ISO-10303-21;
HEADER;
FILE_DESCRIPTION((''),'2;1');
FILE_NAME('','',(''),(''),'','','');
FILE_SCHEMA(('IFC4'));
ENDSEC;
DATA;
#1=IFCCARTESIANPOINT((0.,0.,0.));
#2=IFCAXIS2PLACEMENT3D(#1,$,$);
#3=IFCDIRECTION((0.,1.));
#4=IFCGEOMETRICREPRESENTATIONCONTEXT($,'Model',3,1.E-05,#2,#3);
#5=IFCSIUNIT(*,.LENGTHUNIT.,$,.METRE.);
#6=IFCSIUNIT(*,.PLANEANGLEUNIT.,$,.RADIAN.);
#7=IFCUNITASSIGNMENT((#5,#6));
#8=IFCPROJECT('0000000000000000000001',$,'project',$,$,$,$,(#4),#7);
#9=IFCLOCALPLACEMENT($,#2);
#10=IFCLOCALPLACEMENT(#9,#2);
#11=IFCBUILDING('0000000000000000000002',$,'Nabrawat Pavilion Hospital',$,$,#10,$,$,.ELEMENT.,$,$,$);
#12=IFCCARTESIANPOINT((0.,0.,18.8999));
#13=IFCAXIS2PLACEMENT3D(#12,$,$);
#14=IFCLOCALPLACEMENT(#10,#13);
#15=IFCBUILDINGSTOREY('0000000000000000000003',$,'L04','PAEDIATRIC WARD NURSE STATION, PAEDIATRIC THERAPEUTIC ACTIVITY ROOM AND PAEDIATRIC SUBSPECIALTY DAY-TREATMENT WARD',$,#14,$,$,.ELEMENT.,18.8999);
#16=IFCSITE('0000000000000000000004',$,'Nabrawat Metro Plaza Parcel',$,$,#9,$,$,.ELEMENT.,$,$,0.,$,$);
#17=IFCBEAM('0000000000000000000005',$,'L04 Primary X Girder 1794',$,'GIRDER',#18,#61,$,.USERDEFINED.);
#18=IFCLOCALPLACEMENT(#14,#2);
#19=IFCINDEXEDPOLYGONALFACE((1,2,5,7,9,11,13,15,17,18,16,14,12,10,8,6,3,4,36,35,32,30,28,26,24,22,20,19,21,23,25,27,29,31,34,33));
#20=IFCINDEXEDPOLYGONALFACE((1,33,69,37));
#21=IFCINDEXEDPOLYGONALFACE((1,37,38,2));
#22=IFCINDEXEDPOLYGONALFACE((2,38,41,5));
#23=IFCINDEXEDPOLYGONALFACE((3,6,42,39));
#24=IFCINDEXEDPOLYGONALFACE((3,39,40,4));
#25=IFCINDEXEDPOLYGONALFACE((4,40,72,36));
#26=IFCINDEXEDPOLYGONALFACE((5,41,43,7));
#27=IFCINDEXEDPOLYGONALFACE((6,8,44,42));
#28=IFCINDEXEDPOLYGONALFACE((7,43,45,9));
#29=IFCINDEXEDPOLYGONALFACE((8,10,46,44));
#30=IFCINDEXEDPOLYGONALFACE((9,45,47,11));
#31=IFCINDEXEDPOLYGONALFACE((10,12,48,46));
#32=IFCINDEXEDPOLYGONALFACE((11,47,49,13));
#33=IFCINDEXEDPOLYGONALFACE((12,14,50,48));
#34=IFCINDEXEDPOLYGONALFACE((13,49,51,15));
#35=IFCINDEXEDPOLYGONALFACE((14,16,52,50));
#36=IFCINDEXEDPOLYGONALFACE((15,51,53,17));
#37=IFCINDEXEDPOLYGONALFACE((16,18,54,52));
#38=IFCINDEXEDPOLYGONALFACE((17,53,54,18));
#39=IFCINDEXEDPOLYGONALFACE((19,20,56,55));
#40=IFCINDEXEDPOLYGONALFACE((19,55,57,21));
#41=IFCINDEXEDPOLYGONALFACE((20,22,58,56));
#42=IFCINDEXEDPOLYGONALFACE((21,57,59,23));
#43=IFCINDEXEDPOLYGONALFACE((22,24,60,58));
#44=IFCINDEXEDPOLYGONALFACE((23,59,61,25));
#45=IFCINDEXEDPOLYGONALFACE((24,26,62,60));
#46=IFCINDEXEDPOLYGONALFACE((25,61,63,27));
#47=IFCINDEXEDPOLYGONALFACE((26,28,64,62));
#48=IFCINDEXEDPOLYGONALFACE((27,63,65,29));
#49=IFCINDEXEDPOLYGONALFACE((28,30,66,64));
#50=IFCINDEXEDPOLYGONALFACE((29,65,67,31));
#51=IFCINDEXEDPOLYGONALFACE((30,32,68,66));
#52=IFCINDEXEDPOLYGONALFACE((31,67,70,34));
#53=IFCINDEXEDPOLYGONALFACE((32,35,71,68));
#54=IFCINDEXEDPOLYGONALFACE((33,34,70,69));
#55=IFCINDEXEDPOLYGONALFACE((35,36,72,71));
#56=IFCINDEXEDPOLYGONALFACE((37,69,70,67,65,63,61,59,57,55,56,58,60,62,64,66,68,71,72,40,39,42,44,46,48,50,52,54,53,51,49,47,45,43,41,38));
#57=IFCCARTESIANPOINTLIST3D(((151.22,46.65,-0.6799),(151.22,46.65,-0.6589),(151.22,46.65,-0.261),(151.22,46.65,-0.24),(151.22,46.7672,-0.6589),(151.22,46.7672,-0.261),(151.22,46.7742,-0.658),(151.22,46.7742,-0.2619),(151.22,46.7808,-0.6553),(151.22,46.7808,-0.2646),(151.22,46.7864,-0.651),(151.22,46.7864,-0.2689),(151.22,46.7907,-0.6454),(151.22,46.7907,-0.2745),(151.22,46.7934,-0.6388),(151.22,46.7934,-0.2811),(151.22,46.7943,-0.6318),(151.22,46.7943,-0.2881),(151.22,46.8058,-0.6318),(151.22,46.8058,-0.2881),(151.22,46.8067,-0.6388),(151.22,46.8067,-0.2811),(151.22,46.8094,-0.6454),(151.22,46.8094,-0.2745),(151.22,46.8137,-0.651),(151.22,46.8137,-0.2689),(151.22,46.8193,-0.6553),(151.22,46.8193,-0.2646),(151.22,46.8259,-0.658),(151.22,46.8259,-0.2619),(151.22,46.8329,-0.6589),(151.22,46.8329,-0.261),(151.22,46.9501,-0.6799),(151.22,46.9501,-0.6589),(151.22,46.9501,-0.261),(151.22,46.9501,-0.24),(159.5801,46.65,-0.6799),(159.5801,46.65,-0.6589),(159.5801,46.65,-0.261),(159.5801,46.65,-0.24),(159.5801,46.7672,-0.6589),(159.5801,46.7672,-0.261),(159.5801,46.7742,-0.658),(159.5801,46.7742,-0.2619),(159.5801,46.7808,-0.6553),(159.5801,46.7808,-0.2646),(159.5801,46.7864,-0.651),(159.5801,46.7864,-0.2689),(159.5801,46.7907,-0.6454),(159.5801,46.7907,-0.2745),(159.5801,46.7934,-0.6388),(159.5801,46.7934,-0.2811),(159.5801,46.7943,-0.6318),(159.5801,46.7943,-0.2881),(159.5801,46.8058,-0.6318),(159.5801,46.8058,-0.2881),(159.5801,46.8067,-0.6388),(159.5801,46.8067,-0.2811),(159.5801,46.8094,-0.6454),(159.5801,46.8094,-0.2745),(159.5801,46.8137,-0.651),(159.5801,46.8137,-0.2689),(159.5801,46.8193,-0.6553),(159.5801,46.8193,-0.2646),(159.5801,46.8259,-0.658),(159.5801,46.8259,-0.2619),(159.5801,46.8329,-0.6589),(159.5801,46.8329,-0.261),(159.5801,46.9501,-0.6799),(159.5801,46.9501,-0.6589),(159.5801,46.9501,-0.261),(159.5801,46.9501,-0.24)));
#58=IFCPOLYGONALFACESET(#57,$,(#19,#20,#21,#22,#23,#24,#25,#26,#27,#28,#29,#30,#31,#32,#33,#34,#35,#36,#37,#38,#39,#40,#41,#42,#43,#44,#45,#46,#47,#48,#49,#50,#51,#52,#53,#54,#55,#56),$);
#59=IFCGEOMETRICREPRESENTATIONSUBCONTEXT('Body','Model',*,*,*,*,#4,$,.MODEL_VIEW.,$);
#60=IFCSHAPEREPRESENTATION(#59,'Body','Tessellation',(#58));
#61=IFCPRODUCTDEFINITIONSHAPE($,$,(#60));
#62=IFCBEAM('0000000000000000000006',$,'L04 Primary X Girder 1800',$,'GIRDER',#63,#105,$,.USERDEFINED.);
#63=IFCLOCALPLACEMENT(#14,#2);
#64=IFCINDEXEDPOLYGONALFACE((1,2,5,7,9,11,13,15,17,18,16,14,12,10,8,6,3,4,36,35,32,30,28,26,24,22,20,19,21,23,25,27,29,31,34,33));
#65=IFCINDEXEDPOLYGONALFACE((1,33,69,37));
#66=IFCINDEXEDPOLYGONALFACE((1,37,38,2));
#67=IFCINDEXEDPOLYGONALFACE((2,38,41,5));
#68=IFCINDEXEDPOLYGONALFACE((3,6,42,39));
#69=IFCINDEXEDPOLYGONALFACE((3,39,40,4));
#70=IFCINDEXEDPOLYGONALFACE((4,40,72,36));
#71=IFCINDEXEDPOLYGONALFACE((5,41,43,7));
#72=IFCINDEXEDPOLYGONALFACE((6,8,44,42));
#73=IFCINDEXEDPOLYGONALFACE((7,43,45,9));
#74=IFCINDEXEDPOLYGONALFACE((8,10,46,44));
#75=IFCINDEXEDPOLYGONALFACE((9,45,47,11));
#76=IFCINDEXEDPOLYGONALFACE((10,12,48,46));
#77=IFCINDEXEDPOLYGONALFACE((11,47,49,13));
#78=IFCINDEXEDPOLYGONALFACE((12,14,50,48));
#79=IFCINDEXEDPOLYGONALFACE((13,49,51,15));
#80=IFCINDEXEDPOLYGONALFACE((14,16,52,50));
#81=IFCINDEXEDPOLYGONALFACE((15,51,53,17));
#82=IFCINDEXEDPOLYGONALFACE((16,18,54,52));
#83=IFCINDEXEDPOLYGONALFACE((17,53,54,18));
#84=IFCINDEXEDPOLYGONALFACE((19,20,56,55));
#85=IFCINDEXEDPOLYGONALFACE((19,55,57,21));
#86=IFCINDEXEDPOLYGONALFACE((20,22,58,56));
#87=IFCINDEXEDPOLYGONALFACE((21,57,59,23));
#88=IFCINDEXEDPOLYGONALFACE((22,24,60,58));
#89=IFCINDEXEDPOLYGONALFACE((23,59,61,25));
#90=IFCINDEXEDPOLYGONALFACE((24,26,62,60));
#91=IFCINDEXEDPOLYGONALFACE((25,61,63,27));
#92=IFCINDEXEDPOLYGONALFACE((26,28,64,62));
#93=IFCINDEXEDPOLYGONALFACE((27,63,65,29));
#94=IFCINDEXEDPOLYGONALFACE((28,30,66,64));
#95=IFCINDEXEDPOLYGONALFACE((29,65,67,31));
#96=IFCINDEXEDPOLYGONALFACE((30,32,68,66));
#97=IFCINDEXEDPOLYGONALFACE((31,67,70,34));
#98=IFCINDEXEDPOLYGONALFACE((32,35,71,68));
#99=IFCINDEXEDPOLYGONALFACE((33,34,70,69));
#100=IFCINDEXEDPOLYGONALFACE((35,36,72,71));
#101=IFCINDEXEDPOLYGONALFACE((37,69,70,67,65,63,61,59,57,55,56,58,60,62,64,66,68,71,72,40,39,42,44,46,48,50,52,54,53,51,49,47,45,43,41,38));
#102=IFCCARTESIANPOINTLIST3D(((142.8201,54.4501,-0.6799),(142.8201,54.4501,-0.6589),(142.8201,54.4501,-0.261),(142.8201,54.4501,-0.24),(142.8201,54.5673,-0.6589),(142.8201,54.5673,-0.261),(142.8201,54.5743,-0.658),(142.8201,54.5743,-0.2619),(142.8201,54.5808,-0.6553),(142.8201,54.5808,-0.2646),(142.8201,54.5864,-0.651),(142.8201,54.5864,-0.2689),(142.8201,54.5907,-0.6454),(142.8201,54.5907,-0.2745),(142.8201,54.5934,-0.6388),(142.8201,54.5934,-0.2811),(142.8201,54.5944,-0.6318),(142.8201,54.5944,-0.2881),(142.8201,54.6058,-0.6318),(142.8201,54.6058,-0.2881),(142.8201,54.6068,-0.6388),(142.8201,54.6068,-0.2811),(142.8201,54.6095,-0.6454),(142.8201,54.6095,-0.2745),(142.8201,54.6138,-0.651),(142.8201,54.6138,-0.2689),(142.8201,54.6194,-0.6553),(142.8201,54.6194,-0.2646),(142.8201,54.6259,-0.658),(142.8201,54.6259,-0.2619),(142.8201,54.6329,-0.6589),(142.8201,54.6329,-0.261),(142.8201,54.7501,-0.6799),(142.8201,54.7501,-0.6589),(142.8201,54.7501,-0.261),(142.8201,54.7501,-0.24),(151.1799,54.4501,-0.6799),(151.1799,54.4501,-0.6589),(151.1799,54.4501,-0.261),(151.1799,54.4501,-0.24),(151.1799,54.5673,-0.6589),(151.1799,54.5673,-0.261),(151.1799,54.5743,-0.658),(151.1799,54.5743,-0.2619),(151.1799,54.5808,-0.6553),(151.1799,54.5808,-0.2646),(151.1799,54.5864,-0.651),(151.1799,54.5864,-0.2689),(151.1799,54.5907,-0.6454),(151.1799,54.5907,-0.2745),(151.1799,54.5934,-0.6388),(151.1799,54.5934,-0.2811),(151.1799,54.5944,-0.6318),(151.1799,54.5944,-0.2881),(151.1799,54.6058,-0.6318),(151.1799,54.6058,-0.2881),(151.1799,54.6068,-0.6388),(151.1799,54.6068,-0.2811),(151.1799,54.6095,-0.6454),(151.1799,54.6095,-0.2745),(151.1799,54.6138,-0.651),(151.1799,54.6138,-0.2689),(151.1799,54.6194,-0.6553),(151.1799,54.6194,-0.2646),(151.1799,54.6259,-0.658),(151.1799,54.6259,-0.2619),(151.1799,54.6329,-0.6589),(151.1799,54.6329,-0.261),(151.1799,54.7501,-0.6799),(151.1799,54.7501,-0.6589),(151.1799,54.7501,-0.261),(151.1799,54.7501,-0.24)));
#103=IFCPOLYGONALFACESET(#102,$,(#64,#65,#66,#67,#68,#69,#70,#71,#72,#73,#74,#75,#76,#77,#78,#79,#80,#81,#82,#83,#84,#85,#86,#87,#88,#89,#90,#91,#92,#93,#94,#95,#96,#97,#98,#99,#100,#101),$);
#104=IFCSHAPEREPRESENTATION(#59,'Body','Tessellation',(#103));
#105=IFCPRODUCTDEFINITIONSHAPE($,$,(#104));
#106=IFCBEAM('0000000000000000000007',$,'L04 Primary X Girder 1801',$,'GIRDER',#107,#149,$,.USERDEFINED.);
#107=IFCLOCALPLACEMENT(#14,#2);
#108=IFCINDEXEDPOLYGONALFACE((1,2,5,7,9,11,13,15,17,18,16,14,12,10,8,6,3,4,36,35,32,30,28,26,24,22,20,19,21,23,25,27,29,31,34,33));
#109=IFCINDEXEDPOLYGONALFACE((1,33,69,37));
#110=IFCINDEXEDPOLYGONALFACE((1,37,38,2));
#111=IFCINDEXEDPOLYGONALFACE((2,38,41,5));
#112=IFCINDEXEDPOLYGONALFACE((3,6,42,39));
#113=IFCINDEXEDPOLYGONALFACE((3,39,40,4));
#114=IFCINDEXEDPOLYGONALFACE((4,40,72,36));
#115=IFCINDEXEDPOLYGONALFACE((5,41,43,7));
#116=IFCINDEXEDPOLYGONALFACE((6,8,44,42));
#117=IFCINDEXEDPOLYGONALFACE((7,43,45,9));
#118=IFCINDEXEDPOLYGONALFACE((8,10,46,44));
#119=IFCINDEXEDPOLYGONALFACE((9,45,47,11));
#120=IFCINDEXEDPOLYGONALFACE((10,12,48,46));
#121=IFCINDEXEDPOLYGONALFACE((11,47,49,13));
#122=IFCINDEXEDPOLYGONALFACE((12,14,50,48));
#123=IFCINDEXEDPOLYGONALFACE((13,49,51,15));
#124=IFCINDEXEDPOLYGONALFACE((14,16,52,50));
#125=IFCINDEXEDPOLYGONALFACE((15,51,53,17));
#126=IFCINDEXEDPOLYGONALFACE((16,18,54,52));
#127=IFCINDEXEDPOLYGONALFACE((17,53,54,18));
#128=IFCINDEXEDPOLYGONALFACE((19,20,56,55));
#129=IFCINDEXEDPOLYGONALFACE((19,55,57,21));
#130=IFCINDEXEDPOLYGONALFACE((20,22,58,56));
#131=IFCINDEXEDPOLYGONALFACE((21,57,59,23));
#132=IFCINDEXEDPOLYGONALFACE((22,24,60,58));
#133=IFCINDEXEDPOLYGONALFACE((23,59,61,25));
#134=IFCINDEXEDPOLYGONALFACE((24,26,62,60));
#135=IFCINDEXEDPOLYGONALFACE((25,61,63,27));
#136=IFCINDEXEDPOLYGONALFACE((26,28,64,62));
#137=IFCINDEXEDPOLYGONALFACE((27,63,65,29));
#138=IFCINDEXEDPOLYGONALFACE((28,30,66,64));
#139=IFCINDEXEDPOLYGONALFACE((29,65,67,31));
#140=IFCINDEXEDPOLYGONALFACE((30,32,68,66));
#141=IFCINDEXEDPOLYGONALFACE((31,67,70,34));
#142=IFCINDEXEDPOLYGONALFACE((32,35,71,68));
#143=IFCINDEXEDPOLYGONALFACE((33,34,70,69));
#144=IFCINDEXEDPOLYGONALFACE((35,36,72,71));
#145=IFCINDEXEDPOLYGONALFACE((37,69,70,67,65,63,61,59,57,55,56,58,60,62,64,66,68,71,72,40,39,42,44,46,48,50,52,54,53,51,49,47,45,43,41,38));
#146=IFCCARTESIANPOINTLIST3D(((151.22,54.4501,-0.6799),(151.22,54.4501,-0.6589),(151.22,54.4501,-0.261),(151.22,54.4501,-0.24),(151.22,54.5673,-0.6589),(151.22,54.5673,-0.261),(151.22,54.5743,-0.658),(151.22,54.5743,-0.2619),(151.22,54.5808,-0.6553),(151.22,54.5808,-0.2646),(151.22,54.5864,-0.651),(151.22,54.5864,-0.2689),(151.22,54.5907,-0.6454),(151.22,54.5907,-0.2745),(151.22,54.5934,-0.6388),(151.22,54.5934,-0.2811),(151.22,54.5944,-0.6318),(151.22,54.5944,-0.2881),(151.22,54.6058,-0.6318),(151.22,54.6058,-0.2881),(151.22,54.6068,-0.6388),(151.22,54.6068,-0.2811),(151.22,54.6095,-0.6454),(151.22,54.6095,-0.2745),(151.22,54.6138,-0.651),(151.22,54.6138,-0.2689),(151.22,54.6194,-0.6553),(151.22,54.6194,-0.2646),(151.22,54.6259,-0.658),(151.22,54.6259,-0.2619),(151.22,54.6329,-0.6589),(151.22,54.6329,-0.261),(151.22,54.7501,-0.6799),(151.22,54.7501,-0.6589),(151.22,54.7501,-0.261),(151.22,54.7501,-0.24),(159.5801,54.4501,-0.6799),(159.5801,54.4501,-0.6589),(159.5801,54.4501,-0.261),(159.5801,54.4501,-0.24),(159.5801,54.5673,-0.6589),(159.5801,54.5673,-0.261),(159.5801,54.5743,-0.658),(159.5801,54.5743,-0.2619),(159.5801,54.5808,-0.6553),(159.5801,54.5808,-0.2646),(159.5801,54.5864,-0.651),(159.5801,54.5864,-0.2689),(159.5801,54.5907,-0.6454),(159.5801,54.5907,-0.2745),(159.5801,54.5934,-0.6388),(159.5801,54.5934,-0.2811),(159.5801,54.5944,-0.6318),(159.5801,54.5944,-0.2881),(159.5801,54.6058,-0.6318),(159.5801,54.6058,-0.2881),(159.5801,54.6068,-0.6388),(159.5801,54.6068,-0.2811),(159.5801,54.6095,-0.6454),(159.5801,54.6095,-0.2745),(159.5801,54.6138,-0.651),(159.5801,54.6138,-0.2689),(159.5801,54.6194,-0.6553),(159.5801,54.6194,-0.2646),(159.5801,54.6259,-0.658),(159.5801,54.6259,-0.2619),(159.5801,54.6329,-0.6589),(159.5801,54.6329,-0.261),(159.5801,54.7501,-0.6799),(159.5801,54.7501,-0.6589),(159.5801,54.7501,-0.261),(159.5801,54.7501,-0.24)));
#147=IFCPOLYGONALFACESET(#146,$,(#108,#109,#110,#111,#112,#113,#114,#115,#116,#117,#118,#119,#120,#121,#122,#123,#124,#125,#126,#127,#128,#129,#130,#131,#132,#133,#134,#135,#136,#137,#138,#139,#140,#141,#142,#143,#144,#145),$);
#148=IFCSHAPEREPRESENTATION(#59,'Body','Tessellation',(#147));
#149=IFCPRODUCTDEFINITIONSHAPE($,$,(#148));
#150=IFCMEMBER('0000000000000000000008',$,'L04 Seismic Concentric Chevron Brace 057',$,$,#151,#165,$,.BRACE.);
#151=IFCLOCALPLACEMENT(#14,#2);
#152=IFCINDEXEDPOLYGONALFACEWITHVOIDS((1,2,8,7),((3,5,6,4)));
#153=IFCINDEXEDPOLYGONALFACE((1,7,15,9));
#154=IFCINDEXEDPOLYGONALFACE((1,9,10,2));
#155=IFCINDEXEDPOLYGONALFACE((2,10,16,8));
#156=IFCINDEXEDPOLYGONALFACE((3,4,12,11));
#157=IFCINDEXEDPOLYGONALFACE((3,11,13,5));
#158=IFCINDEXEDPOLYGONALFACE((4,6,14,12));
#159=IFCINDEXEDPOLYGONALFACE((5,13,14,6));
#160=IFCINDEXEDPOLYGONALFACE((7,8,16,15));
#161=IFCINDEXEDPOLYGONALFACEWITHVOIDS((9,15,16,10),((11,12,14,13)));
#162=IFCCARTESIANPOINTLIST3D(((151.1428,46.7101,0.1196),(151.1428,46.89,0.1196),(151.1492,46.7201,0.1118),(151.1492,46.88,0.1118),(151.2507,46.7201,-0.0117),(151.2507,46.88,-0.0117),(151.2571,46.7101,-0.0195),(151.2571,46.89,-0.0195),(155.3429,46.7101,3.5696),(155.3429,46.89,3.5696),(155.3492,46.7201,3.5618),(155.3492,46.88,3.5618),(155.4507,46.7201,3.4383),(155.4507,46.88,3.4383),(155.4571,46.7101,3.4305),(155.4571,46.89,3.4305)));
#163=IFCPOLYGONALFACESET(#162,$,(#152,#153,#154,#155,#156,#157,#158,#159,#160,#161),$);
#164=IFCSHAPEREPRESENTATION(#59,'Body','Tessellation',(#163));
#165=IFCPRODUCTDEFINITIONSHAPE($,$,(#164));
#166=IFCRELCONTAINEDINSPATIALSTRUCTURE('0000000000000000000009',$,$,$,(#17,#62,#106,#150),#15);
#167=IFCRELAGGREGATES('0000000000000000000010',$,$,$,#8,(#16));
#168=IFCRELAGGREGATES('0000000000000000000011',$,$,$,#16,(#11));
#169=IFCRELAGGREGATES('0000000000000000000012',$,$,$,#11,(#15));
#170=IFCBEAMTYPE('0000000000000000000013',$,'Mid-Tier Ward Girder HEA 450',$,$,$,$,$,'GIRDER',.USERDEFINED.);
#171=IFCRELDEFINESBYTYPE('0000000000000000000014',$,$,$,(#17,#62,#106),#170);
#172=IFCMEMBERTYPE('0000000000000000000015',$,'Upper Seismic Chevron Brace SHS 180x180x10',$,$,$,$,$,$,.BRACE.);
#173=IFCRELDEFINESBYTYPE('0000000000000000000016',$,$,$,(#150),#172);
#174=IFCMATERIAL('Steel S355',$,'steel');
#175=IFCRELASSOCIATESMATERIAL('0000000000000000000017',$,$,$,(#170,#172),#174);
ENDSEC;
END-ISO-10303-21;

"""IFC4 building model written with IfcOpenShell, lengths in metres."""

from ifc_helpers import new_model, si_unit, direction, frame, origin, origin_2d, place, context, subcontext, project, spatial, hollow_rectangle, i_section, extrude, material, material_profile, profile_set, type_object, element, save


model = new_model("IFC4")

# Units and contexts
model_context = context("Model", 3, precision=1e-05, world=origin(), true_north=direction((0.0, 1.0)))
body_context = subcontext(model_context, "Body", "Model", "MODEL_VIEW")
ifc_project = project(units=[si_unit("LENGTHUNIT", "METRE"), si_unit("PLANEANGLEUNIT", "RADIAN")], contexts=[model_context])

# Site, building, storey
site_placement = place(None, origin())
site = spatial("IfcSite", under=ifc_project, at=site_placement, Name="Nabrawat Metro Plaza Parcel", CompositionType="ELEMENT", RefElevation=0.0)
building_placement = place(site_placement, origin())
building = spatial("IfcBuilding", under=site, at=building_placement, Name="Nabrawat Pavilion Hospital", CompositionType="ELEMENT")
storey_placement = place(building_placement, frame((0.0, 0.0, 18.8999)))
storey = spatial("IfcBuildingStorey", under=building, at=storey_placement, Name="L04", Description="PAEDIATRIC WARD NURSE STATION, PAEDIATRIC THERAPEUTIC ACTIVITY ROOM AND PAEDIATRIC SUBSPECIALTY DAY-TREATMENT WARD", CompositionType="ELEMENT", Elevation=18.8999)

# Shared definitions
ifc_material_1 = material(Name="Steel S355", Category="steel")

# Beams
ifc_material_profile_1 = material_profile(ifc_material_1, i_section(OverallWidth=0.3, OverallDepth=0.4399, WebThickness=0.0115, FlangeThickness=0.021, FilletRadius=0.0271, at=origin_2d()), Name="HEA 450")
ifc_profile_set_1 = profile_set([ifc_material_profile_1], Name="Steel S355")
beam_type_1 = type_object("IfcBeamType", Name="Mid-Tier Ward Girder HEA 450", ElementType="GIRDER", PredefinedType="USERDEFINED", material=ifc_profile_set_1)
beam_1_placement = place(storey_placement, frame((151.22, 46.8, -0.46), z_axis=(1.0, 0.0, 0.0), x_axis=(0.0, 1.0, 0.0)))
element("IfcBeam", 1, at=beam_1_placement, inside=storey, type_object=beam_type_1, Name="L04 Primary X Girder 1794", ObjectType="GIRDER", PredefinedType="USERDEFINED", context=body_context, shape_type="SweptSolid", body=[
    extrude(i_section(OverallWidth=0.3, OverallDepth=0.4399, WebThickness=0.0115, FlangeThickness=0.021, FilletRadius=0.0271, at=origin_2d()), origin(), (0.0, 0.0, 1.0), 8.3601),
])
beam_2_placement = place(storey_placement, frame((142.8201, 54.6001, -0.46), z_axis=(1.0, 0.0, 0.0), x_axis=(0.0, 1.0, 0.0)))
element("IfcBeam", 2, at=beam_2_placement, inside=storey, type_object=beam_type_1, Name="L04 Primary X Girder 1800", ObjectType="GIRDER", PredefinedType="USERDEFINED", context=body_context, shape_type="SweptSolid", body=[
    extrude(i_section(OverallWidth=0.3, OverallDepth=0.4399, WebThickness=0.0115, FlangeThickness=0.021, FilletRadius=0.0271, at=origin_2d()), origin(), (0.0, 0.0, 1.0), 8.3599),
])
beam_3_placement = place(storey_placement, frame((151.22, 54.6001, -0.46), z_axis=(1.0, 0.0, 0.0), x_axis=(0.0, 1.0, 0.0)))
element("IfcBeam", 3, at=beam_3_placement, inside=storey, type_object=beam_type_1, Name="L04 Primary X Girder 1801", ObjectType="GIRDER", PredefinedType="USERDEFINED", context=body_context, shape_type="SweptSolid", body=[
    extrude(i_section(OverallWidth=0.3, OverallDepth=0.4399, WebThickness=0.0115, FlangeThickness=0.021, FilletRadius=0.0271, at=origin_2d()), origin(), (0.0, 0.0, 1.0), 8.3601),
])

# Member
ifc_material_profile_2 = material_profile(ifc_material_1, hollow_rectangle(XDim=0.1799, YDim=0.1799, WallThickness=0.01, at=origin_2d()), Name="SHS 180x180x10")
ifc_profile_set_2 = profile_set([ifc_material_profile_2], Name="Steel S355")
member_type = type_object("IfcMemberType", Name="Upper Seismic Chevron Brace SHS 180x180x10", PredefinedType="BRACE", material=ifc_profile_set_2)
member_placement = place(storey_placement, frame((151.2, 46.8, 0.05), z_axis=(0.772727, 0.0, 0.634738), x_axis=(0.0, 1.0, 0.0)))
element("IfcMember", 4, at=member_placement, inside=storey, type_object=member_type, Name="L04 Seismic Concentric Chevron Brace 057", PredefinedType="BRACE", context=body_context, shape_type="SweptSolid", body=[
    extrude(hollow_rectangle(XDim=0.1799, YDim=0.1799, WallThickness=0.01, at=origin_2d()), origin(), (0.0, 0.0, 1.0), 5.4353),
])

save(model, "model.ifc")
